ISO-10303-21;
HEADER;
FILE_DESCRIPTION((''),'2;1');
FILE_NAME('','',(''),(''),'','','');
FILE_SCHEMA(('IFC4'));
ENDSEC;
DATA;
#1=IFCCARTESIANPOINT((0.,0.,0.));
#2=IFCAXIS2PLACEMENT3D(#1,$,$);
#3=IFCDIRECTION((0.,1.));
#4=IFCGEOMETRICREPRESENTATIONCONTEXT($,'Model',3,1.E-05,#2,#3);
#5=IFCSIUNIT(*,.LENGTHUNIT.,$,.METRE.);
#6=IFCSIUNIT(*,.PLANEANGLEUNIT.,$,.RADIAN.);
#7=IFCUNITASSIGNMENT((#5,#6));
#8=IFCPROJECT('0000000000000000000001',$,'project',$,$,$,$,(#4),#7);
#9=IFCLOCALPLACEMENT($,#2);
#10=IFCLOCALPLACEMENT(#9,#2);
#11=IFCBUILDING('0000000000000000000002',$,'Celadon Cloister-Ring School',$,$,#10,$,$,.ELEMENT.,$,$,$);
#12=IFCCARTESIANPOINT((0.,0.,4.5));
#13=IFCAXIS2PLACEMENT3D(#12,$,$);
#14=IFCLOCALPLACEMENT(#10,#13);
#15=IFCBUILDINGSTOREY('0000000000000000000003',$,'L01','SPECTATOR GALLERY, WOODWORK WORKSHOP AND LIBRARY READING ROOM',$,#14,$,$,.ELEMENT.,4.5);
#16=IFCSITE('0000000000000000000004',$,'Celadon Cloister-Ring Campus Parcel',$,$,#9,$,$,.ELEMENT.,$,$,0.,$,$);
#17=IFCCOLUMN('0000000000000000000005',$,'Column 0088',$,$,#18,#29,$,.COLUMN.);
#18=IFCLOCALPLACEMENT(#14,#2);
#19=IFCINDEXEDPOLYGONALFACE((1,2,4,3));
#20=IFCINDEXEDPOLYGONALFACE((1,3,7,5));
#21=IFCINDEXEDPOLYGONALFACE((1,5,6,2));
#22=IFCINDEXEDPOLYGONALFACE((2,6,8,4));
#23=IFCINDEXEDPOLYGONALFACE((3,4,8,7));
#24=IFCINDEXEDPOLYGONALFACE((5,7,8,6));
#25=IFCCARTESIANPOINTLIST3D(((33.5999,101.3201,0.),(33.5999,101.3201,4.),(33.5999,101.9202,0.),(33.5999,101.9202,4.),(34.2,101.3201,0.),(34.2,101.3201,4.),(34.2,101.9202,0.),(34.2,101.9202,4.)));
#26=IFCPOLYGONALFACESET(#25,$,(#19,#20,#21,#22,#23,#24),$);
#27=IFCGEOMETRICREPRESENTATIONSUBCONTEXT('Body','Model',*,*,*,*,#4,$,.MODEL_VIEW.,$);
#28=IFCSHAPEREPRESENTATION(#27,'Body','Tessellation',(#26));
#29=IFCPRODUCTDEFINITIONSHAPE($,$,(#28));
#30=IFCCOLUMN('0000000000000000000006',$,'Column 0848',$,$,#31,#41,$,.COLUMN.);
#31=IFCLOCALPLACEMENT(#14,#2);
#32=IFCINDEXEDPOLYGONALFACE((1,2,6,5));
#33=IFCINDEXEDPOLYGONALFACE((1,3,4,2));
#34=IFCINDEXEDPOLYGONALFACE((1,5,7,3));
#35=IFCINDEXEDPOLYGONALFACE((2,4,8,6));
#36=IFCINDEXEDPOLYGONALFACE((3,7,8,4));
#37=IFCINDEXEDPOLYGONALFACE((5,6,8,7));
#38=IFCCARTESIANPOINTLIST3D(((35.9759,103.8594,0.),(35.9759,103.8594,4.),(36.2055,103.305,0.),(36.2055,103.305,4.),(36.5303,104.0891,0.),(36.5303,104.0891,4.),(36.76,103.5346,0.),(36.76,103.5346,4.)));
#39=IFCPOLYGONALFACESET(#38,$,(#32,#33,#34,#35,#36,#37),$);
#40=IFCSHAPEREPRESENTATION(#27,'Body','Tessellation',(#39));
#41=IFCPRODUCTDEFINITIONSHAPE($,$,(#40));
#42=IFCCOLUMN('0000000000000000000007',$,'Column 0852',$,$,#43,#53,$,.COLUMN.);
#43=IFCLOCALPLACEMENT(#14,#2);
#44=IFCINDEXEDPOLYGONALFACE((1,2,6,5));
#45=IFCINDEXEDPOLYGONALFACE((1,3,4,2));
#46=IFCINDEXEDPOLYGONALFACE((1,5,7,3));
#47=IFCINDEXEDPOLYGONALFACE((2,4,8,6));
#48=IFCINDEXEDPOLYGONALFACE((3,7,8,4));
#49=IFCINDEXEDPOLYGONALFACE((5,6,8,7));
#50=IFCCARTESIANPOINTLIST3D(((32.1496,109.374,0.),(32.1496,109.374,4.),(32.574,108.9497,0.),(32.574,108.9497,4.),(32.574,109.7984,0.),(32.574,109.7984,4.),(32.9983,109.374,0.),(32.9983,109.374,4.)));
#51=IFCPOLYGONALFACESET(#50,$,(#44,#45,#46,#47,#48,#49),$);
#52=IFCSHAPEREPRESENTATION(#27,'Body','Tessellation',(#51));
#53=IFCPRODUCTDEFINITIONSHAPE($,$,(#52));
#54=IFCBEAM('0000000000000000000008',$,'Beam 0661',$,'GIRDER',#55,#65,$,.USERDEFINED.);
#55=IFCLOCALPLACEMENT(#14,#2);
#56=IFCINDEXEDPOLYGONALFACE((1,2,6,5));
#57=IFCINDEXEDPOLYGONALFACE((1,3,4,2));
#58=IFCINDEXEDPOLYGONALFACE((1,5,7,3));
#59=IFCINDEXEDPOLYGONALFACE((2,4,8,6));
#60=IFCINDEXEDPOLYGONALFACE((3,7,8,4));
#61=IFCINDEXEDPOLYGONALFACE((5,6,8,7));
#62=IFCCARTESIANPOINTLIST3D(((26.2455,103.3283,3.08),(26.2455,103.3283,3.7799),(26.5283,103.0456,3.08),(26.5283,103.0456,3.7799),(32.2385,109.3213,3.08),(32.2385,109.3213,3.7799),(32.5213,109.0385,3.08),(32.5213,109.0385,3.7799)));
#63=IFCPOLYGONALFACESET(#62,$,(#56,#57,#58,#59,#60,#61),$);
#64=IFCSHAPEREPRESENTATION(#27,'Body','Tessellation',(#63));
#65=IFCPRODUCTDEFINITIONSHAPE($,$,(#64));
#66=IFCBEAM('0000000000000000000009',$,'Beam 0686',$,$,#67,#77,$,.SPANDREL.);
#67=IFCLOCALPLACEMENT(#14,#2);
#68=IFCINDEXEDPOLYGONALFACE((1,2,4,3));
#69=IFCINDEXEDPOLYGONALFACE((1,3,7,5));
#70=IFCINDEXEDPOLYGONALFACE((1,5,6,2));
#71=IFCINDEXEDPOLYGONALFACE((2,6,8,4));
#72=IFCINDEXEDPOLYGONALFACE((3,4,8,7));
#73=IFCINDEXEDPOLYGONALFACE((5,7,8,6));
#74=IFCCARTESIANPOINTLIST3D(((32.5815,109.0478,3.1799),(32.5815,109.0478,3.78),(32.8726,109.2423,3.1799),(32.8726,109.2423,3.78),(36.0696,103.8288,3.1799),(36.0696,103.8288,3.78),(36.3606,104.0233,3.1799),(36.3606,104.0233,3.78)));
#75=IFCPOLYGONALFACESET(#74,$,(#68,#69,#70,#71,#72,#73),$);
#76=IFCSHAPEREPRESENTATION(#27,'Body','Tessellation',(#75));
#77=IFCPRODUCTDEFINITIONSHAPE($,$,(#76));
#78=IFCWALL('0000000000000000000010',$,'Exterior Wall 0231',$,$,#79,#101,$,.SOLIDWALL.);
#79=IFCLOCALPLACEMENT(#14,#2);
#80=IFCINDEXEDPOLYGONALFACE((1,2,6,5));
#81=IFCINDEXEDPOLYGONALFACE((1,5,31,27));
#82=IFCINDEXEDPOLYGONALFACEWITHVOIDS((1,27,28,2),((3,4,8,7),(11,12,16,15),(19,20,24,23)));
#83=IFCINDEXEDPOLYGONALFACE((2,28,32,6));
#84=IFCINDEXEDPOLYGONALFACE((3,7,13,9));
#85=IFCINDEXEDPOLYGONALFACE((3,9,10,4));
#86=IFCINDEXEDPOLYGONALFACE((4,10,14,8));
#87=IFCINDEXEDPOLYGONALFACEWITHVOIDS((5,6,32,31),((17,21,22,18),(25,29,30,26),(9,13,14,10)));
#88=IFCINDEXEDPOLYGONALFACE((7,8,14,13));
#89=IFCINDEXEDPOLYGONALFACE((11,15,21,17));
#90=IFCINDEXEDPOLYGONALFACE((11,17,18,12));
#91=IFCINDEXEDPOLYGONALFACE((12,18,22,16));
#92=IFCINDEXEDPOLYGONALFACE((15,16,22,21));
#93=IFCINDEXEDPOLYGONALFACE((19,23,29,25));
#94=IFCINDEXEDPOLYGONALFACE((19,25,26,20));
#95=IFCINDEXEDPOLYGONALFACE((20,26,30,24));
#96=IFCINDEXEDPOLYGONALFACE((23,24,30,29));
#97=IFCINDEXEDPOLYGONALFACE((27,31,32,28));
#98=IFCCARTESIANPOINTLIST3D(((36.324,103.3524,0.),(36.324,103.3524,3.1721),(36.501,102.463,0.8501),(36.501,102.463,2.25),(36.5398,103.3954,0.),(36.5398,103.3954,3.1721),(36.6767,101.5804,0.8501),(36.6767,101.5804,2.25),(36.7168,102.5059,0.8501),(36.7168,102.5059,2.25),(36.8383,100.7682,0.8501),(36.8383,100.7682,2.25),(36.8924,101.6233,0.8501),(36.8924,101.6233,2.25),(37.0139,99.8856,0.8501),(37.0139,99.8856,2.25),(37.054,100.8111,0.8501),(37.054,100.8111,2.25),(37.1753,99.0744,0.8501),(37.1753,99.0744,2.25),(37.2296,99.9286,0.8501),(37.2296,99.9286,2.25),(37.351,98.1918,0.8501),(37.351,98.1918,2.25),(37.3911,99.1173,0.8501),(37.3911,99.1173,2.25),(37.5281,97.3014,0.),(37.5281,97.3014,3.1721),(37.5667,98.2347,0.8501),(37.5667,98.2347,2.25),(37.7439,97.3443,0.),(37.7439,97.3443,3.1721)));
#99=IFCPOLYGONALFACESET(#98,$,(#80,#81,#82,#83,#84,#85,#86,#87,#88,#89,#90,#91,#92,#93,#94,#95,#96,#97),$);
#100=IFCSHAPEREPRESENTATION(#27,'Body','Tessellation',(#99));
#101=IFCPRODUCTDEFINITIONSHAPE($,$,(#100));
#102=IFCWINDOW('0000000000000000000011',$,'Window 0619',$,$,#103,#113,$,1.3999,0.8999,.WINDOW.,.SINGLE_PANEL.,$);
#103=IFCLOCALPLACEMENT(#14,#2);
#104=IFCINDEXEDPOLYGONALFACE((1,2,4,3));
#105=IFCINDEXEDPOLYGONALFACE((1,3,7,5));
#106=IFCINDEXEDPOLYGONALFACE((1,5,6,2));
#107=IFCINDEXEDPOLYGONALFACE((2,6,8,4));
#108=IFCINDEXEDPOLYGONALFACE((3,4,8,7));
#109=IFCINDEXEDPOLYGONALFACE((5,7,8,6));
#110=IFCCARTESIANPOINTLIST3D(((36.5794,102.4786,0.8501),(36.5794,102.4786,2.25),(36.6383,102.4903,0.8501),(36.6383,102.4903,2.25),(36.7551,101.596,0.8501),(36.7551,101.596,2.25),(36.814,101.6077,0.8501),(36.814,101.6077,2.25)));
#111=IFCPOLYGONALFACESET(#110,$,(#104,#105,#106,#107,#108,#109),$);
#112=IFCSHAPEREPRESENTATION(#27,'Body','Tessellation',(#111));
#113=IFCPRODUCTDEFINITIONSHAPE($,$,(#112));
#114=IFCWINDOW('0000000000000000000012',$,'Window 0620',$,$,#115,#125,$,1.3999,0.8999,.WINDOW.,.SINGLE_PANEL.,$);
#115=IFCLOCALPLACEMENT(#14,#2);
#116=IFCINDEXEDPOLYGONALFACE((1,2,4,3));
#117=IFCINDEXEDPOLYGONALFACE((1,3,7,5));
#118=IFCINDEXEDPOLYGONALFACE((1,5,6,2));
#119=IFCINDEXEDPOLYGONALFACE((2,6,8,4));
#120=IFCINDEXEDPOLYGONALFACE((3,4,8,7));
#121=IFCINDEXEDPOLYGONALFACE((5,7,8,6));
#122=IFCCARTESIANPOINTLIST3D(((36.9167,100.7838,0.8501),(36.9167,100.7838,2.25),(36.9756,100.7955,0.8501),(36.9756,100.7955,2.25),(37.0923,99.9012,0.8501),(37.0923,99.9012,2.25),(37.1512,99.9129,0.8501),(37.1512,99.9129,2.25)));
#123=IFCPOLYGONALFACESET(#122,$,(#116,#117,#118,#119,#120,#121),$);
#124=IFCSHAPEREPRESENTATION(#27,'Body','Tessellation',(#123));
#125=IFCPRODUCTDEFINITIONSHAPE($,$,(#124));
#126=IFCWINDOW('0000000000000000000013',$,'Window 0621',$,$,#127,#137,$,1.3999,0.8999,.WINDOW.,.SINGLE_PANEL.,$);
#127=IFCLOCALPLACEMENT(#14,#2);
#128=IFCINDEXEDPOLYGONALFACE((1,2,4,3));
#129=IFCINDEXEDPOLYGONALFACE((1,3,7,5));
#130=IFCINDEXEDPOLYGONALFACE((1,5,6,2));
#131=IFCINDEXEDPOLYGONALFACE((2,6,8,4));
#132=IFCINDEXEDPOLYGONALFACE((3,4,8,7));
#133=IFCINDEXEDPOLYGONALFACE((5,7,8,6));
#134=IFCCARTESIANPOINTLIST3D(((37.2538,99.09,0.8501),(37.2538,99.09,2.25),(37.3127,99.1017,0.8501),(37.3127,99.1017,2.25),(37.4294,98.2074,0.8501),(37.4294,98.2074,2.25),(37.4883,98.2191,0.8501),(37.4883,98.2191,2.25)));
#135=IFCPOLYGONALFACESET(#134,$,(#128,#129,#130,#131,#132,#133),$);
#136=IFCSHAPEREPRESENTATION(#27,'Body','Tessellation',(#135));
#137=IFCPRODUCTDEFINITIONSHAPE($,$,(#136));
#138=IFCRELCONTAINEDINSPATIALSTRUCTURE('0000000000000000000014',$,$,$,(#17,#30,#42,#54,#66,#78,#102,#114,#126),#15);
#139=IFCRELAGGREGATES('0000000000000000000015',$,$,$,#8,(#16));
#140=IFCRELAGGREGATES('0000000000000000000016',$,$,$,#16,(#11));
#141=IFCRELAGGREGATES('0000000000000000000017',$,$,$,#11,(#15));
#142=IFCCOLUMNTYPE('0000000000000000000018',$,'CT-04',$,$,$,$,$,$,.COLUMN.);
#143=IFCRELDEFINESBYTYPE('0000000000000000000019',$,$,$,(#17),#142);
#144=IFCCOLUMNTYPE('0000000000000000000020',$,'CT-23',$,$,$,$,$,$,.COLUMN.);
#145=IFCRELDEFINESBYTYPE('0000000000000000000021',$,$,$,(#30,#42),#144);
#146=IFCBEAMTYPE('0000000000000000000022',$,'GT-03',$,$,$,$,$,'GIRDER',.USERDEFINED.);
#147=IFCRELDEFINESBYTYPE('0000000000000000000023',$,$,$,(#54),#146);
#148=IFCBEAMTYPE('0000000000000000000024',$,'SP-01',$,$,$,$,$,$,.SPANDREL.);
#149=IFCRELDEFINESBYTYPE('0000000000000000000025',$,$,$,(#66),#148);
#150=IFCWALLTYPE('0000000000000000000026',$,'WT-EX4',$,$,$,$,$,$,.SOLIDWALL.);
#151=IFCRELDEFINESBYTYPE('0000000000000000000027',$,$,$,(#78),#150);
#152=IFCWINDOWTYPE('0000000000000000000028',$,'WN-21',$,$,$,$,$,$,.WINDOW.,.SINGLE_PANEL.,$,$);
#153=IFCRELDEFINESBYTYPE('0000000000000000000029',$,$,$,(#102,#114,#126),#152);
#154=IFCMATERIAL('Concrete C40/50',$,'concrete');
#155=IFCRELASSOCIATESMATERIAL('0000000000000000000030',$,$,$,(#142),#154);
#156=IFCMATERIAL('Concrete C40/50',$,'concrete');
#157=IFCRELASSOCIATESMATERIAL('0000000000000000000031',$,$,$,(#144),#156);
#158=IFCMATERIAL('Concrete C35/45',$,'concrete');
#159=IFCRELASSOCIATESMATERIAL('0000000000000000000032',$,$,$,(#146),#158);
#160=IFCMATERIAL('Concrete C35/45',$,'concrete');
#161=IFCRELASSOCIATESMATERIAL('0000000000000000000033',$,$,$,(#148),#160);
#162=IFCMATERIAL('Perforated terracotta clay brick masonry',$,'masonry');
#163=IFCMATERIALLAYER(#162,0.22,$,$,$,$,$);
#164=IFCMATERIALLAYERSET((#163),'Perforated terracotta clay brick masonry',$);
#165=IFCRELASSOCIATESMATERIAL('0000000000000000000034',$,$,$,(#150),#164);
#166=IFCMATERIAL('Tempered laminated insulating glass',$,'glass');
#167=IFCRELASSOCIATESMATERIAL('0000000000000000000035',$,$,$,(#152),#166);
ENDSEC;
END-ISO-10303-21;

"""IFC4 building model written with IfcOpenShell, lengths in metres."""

from ifc_helpers import new_model, si_unit, direction, frame, frame_2d, origin, origin_2d, place, context, subcontext, project, spatial, rectangle, extrude, material, layer, layer_set, material_profile, profile_set, type_object, element, fill, save


model = new_model("IFC4")

# Units and contexts
model_context = context("Model", 3, precision=1e-05, world=origin(), true_north=direction((0.0, 1.0)))
body_context = subcontext(model_context, "Body", "Model", "MODEL_VIEW")
ifc_project = project(units=[si_unit("LENGTHUNIT", "METRE"), si_unit("PLANEANGLEUNIT", "RADIAN")], contexts=[model_context])

# Site, building, storey
site_placement = place(None, origin())
site = spatial("IfcSite", under=ifc_project, at=site_placement, Name="Celadon Cloister-Ring Campus Parcel", CompositionType="ELEMENT", RefElevation=0.0)
building_placement = place(site_placement, origin())
building = spatial("IfcBuilding", under=site, at=building_placement, Name="Celadon Cloister-Ring School", CompositionType="ELEMENT")
storey_placement = place(building_placement, frame((0.0, 0.0, 4.5)))
storey = spatial("IfcBuildingStorey", under=building, at=storey_placement, Name="L01", Description="SPECTATOR GALLERY, WOODWORK WORKSHOP AND LIBRARY READING ROOM", CompositionType="ELEMENT", Elevation=4.5)

# Columns
ifc_material_1 = material(Name="Concrete C40/50", Category="concrete")
ifc_material_profile_1 = material_profile(ifc_material_1, rectangle(XDim=0.6001, YDim=0.6001, at=origin_2d()), Name="RC600X600")
ifc_profile_set_1 = profile_set([ifc_material_profile_1], Name="Concrete C40/50")
column_type_1 = type_object("IfcColumnType", Name="CT-04", PredefinedType="COLUMN", material=ifc_profile_set_1)
column_placement = place(storey_placement, frame((33.8999, 101.6201, 0.0), z_axis=(0.0, 0.0, 1.0), x_axis=(1.0, 0.0, 0.0)))
element("IfcColumn", 1, at=column_placement, inside=storey, type_object=column_type_1, Name="Column 0088", PredefinedType="COLUMN", context=body_context, shape_type="SweptSolid", body=[
    extrude(rectangle(XDim=0.6001, YDim=0.6001, at=origin_2d()), origin(), (0.0, 0.0, 1.0), 4.0),
])
ifc_material_2 = material(Name="Concrete C40/50", Category="concrete")
ifc_material_profile_2 = material_profile(ifc_material_2, rectangle(XDim=0.6001, YDim=0.6001, at=origin_2d()), Name="RC600X600")
ifc_profile_set_2 = profile_set([ifc_material_profile_2], Name="Concrete C40/50")
column_type_2 = type_object("IfcColumnType", Name="CT-23", PredefinedType="COLUMN", material=ifc_profile_set_2)
for number, where, z_axis, x_axis, name in (
    (2, (36.3679, 103.697, 0.0), (0.0, 0.0, 1.0), (0.92388, 0.382683, 0.0), "Column 0848"),
    (3, (32.574, 109.374, 0.0), (0.0, 0.0, 1.0), (0.707107, 0.707107, 0.0), "Column 0852"),
):
    element("IfcColumn", number, at=place(storey_placement, frame(where, z_axis=z_axis, x_axis=x_axis)), inside=storey, type_object=column_type_2, Name=name, PredefinedType="COLUMN", context=body_context, shape_type="SweptSolid", body=[
        extrude(rectangle(XDim=0.6001, YDim=0.6001, at=origin_2d()), origin(), (0.0, 0.0, 1.0), 4.0),
    ])

# Beams
ifc_material_3 = material(Name="Concrete C35/45", Category="concrete")
ifc_material_profile_3 = material_profile(ifc_material_3, rectangle(XDim=0.3999, YDim=0.7, at=origin_2d()), Name="RC400X700")
ifc_profile_set_3 = profile_set([ifc_material_profile_3], Name="Concrete C35/45")
beam_type_1 = type_object("IfcBeamType", Name="GT-03", ElementType="GIRDER", PredefinedType="USERDEFINED", material=ifc_profile_set_3)
beam_1_placement = place(storey_placement, frame((32.3799, 109.1799, 3.4299), z_axis=(-0.707107, -0.707107, 0.0), x_axis=(0.707107, -0.707107, 0.0)))
element("IfcBeam", 4, at=beam_1_placement, inside=storey, type_object=beam_type_1, Name="Beam 0661", ObjectType="GIRDER", PredefinedType="USERDEFINED", context=body_context, shape_type="SweptSolid", body=[
    extrude(rectangle(XDim=0.3999, YDim=0.7, at=origin_2d()), origin(), (0.0, 0.0, 1.0), 8.4753),
])
ifc_material_4 = material(Name="Concrete C35/45", Category="concrete")
ifc_material_profile_4 = material_profile(ifc_material_4, rectangle(XDim=0.3501, YDim=0.6001, at=origin_2d()), Name="RC350X600")
ifc_profile_set_4 = profile_set([ifc_material_profile_4], Name="Concrete C35/45")
beam_type_2 = type_object("IfcBeamType", Name="SP-01", PredefinedType="SPANDREL", material=ifc_profile_set_4)
beam_2_placement = place(storey_placement, frame((36.2151, 103.926, 3.48), z_axis=(-0.55566, 0.83141, 0.0), x_axis=(-0.83141, -0.55566, 0.0)))
element("IfcBeam", 5, at=beam_2_placement, inside=storey, type_object=beam_type_2, Name="Beam 0686", PredefinedType="SPANDREL", context=body_context, shape_type="SweptSolid", body=[
    extrude(rectangle(XDim=0.3501, YDim=0.6001, at=origin_2d()), origin(), (0.0, 0.0, 1.0), 6.2773),
])

# Wall, openings, windows
ifc_material_5 = material(Name="Perforated terracotta clay brick masonry", Category="masonry")
ifc_layer_1 = layer(ifc_material_5, 0.22)
ifc_layer_set_1 = layer_set([ifc_layer_1], Name="Perforated terracotta clay brick masonry")
wall_type_1 = type_object("IfcWallType", Name="WT-EX4", PredefinedType="SOLIDWALL", material=ifc_layer_set_1)
wall_1_placement = place(storey_placement, frame((36.4319, 103.374, 0.0), z_axis=(0.0, 0.0, 1.0), x_axis=(0.195165, -0.98077, 0.0)))
wall_1 = element("IfcWall", 6, at=wall_1_placement, inside=storey, type_object=wall_type_1, Name="Exterior Wall 0231", PredefinedType="SOLIDWALL", context=body_context, shape_type="SweptSolid", body=[
    extrude(rectangle(XDim=6.1697, YDim=0.22, at=frame_2d((3.085, 0.0))), origin(), (0.0, 0.0, 1.0), 3.1721),
])
opening_1_placement = place(wall_1_placement, frame((0.907, 0.0, 0.8501)))
opening_1 = element("IfcOpeningElement", 7, at=opening_1_placement, cuts=wall_1, PredefinedType="OPENING", context=body_context, shape_type="SweptSolid", body=[
    extrude(rectangle(XDim=0.8999, YDim=1.3999, at=frame_2d((0.45, 0.7))), frame((0.0, 0.1201, 0.0), z_axis=(0.0, -1.0, 0.0), x_axis=(1.0, 0.0, 0.0)), (0.0, 0.0, 1.0), 0.24),
])
opening_2_placement = place(wall_1_placement, frame((2.635, 0.0, 0.8501)))
opening_2 = element("IfcOpeningElement", 8, at=opening_2_placement, cuts=wall_1, PredefinedType="OPENING", context=body_context, shape_type="SweptSolid", body=[
    extrude(rectangle(XDim=0.8999, YDim=1.3999, at=frame_2d((0.45, 0.7))), frame((0.0, 0.1201, 0.0), z_axis=(0.0, -1.0, 0.0), x_axis=(1.0, 0.0, 0.0)), (0.0, 0.0, 1.0), 0.24),
])
opening_3_placement = place(wall_1_placement, frame((4.3621, 0.0, 0.8501)))
opening_3 = element("IfcOpeningElement", 9, at=opening_3_placement, cuts=wall_1, PredefinedType="OPENING", context=body_context, shape_type="SweptSolid", body=[
    extrude(rectangle(XDim=0.8999, YDim=1.3999, at=frame_2d((0.45, 0.7))), frame((0.0, 0.1201, 0.0), z_axis=(0.0, -1.0, 0.0), x_axis=(1.0, 0.0, 0.0)), (0.0, 0.0, 1.0), 0.24),
])
ifc_material_6 = material(Name="Tempered laminated insulating glass", Category="glass")
window_type = type_object("IfcWindowType", Name="WN-21", PartitioningType="SINGLE_PANEL", PredefinedType="WINDOW", material=ifc_material_6)
window_1_placement = place(opening_1_placement, origin())
window_1 = element("IfcWindow", 10, at=window_1_placement, inside=storey, type_object=window_type, Name="Window 0619", OverallHeight=1.3999, OverallWidth=0.8999, PartitioningType="SINGLE_PANEL", PredefinedType="WINDOW", context=body_context, shape_type="SweptSolid", body=[
    extrude(rectangle(XDim=0.8999, YDim=1.3999, at=frame_2d((0.45, 0.7))), frame((0.0, 0.03, 0.0), z_axis=(0.0, -1.0, 0.0), x_axis=(1.0, 0.0, 0.0)), (0.0, 0.0, 1.0), 0.0601),
])
fill(opening_1, window_1)
window_2_placement = place(opening_2_placement, origin())
window_2 = element("IfcWindow", 11, at=window_2_placement, inside=storey, type_object=window_type, Name="Window 0620", OverallHeight=1.3999, OverallWidth=0.8999, PartitioningType="SINGLE_PANEL", PredefinedType="WINDOW", context=body_context, shape_type="SweptSolid", body=[
    extrude(rectangle(XDim=0.8999, YDim=1.3999, at=frame_2d((0.45, 0.7))), frame((0.0, 0.03, 0.0), z_axis=(0.0, -1.0, 0.0), x_axis=(1.0, 0.0, 0.0)), (0.0, 0.0, 1.0), 0.0601),
])
fill(opening_2, window_2)
window_3_placement = place(opening_3_placement, origin())
window_3 = element("IfcWindow", 12, at=window_3_placement, inside=storey, type_object=window_type, Name="Window 0621", OverallHeight=1.3999, OverallWidth=0.8999, PartitioningType="SINGLE_PANEL", PredefinedType="WINDOW", context=body_context, shape_type="SweptSolid", body=[
    extrude(rectangle(XDim=0.8999, YDim=1.3999, at=frame_2d((0.45, 0.7))), frame((0.0, 0.03, 0.0), z_axis=(0.0, -1.0, 0.0), x_axis=(1.0, 0.0, 0.0)), (0.0, 0.0, 1.0), 0.0601),
])
fill(opening_3, window_3)

save(model, "model.ifc")
